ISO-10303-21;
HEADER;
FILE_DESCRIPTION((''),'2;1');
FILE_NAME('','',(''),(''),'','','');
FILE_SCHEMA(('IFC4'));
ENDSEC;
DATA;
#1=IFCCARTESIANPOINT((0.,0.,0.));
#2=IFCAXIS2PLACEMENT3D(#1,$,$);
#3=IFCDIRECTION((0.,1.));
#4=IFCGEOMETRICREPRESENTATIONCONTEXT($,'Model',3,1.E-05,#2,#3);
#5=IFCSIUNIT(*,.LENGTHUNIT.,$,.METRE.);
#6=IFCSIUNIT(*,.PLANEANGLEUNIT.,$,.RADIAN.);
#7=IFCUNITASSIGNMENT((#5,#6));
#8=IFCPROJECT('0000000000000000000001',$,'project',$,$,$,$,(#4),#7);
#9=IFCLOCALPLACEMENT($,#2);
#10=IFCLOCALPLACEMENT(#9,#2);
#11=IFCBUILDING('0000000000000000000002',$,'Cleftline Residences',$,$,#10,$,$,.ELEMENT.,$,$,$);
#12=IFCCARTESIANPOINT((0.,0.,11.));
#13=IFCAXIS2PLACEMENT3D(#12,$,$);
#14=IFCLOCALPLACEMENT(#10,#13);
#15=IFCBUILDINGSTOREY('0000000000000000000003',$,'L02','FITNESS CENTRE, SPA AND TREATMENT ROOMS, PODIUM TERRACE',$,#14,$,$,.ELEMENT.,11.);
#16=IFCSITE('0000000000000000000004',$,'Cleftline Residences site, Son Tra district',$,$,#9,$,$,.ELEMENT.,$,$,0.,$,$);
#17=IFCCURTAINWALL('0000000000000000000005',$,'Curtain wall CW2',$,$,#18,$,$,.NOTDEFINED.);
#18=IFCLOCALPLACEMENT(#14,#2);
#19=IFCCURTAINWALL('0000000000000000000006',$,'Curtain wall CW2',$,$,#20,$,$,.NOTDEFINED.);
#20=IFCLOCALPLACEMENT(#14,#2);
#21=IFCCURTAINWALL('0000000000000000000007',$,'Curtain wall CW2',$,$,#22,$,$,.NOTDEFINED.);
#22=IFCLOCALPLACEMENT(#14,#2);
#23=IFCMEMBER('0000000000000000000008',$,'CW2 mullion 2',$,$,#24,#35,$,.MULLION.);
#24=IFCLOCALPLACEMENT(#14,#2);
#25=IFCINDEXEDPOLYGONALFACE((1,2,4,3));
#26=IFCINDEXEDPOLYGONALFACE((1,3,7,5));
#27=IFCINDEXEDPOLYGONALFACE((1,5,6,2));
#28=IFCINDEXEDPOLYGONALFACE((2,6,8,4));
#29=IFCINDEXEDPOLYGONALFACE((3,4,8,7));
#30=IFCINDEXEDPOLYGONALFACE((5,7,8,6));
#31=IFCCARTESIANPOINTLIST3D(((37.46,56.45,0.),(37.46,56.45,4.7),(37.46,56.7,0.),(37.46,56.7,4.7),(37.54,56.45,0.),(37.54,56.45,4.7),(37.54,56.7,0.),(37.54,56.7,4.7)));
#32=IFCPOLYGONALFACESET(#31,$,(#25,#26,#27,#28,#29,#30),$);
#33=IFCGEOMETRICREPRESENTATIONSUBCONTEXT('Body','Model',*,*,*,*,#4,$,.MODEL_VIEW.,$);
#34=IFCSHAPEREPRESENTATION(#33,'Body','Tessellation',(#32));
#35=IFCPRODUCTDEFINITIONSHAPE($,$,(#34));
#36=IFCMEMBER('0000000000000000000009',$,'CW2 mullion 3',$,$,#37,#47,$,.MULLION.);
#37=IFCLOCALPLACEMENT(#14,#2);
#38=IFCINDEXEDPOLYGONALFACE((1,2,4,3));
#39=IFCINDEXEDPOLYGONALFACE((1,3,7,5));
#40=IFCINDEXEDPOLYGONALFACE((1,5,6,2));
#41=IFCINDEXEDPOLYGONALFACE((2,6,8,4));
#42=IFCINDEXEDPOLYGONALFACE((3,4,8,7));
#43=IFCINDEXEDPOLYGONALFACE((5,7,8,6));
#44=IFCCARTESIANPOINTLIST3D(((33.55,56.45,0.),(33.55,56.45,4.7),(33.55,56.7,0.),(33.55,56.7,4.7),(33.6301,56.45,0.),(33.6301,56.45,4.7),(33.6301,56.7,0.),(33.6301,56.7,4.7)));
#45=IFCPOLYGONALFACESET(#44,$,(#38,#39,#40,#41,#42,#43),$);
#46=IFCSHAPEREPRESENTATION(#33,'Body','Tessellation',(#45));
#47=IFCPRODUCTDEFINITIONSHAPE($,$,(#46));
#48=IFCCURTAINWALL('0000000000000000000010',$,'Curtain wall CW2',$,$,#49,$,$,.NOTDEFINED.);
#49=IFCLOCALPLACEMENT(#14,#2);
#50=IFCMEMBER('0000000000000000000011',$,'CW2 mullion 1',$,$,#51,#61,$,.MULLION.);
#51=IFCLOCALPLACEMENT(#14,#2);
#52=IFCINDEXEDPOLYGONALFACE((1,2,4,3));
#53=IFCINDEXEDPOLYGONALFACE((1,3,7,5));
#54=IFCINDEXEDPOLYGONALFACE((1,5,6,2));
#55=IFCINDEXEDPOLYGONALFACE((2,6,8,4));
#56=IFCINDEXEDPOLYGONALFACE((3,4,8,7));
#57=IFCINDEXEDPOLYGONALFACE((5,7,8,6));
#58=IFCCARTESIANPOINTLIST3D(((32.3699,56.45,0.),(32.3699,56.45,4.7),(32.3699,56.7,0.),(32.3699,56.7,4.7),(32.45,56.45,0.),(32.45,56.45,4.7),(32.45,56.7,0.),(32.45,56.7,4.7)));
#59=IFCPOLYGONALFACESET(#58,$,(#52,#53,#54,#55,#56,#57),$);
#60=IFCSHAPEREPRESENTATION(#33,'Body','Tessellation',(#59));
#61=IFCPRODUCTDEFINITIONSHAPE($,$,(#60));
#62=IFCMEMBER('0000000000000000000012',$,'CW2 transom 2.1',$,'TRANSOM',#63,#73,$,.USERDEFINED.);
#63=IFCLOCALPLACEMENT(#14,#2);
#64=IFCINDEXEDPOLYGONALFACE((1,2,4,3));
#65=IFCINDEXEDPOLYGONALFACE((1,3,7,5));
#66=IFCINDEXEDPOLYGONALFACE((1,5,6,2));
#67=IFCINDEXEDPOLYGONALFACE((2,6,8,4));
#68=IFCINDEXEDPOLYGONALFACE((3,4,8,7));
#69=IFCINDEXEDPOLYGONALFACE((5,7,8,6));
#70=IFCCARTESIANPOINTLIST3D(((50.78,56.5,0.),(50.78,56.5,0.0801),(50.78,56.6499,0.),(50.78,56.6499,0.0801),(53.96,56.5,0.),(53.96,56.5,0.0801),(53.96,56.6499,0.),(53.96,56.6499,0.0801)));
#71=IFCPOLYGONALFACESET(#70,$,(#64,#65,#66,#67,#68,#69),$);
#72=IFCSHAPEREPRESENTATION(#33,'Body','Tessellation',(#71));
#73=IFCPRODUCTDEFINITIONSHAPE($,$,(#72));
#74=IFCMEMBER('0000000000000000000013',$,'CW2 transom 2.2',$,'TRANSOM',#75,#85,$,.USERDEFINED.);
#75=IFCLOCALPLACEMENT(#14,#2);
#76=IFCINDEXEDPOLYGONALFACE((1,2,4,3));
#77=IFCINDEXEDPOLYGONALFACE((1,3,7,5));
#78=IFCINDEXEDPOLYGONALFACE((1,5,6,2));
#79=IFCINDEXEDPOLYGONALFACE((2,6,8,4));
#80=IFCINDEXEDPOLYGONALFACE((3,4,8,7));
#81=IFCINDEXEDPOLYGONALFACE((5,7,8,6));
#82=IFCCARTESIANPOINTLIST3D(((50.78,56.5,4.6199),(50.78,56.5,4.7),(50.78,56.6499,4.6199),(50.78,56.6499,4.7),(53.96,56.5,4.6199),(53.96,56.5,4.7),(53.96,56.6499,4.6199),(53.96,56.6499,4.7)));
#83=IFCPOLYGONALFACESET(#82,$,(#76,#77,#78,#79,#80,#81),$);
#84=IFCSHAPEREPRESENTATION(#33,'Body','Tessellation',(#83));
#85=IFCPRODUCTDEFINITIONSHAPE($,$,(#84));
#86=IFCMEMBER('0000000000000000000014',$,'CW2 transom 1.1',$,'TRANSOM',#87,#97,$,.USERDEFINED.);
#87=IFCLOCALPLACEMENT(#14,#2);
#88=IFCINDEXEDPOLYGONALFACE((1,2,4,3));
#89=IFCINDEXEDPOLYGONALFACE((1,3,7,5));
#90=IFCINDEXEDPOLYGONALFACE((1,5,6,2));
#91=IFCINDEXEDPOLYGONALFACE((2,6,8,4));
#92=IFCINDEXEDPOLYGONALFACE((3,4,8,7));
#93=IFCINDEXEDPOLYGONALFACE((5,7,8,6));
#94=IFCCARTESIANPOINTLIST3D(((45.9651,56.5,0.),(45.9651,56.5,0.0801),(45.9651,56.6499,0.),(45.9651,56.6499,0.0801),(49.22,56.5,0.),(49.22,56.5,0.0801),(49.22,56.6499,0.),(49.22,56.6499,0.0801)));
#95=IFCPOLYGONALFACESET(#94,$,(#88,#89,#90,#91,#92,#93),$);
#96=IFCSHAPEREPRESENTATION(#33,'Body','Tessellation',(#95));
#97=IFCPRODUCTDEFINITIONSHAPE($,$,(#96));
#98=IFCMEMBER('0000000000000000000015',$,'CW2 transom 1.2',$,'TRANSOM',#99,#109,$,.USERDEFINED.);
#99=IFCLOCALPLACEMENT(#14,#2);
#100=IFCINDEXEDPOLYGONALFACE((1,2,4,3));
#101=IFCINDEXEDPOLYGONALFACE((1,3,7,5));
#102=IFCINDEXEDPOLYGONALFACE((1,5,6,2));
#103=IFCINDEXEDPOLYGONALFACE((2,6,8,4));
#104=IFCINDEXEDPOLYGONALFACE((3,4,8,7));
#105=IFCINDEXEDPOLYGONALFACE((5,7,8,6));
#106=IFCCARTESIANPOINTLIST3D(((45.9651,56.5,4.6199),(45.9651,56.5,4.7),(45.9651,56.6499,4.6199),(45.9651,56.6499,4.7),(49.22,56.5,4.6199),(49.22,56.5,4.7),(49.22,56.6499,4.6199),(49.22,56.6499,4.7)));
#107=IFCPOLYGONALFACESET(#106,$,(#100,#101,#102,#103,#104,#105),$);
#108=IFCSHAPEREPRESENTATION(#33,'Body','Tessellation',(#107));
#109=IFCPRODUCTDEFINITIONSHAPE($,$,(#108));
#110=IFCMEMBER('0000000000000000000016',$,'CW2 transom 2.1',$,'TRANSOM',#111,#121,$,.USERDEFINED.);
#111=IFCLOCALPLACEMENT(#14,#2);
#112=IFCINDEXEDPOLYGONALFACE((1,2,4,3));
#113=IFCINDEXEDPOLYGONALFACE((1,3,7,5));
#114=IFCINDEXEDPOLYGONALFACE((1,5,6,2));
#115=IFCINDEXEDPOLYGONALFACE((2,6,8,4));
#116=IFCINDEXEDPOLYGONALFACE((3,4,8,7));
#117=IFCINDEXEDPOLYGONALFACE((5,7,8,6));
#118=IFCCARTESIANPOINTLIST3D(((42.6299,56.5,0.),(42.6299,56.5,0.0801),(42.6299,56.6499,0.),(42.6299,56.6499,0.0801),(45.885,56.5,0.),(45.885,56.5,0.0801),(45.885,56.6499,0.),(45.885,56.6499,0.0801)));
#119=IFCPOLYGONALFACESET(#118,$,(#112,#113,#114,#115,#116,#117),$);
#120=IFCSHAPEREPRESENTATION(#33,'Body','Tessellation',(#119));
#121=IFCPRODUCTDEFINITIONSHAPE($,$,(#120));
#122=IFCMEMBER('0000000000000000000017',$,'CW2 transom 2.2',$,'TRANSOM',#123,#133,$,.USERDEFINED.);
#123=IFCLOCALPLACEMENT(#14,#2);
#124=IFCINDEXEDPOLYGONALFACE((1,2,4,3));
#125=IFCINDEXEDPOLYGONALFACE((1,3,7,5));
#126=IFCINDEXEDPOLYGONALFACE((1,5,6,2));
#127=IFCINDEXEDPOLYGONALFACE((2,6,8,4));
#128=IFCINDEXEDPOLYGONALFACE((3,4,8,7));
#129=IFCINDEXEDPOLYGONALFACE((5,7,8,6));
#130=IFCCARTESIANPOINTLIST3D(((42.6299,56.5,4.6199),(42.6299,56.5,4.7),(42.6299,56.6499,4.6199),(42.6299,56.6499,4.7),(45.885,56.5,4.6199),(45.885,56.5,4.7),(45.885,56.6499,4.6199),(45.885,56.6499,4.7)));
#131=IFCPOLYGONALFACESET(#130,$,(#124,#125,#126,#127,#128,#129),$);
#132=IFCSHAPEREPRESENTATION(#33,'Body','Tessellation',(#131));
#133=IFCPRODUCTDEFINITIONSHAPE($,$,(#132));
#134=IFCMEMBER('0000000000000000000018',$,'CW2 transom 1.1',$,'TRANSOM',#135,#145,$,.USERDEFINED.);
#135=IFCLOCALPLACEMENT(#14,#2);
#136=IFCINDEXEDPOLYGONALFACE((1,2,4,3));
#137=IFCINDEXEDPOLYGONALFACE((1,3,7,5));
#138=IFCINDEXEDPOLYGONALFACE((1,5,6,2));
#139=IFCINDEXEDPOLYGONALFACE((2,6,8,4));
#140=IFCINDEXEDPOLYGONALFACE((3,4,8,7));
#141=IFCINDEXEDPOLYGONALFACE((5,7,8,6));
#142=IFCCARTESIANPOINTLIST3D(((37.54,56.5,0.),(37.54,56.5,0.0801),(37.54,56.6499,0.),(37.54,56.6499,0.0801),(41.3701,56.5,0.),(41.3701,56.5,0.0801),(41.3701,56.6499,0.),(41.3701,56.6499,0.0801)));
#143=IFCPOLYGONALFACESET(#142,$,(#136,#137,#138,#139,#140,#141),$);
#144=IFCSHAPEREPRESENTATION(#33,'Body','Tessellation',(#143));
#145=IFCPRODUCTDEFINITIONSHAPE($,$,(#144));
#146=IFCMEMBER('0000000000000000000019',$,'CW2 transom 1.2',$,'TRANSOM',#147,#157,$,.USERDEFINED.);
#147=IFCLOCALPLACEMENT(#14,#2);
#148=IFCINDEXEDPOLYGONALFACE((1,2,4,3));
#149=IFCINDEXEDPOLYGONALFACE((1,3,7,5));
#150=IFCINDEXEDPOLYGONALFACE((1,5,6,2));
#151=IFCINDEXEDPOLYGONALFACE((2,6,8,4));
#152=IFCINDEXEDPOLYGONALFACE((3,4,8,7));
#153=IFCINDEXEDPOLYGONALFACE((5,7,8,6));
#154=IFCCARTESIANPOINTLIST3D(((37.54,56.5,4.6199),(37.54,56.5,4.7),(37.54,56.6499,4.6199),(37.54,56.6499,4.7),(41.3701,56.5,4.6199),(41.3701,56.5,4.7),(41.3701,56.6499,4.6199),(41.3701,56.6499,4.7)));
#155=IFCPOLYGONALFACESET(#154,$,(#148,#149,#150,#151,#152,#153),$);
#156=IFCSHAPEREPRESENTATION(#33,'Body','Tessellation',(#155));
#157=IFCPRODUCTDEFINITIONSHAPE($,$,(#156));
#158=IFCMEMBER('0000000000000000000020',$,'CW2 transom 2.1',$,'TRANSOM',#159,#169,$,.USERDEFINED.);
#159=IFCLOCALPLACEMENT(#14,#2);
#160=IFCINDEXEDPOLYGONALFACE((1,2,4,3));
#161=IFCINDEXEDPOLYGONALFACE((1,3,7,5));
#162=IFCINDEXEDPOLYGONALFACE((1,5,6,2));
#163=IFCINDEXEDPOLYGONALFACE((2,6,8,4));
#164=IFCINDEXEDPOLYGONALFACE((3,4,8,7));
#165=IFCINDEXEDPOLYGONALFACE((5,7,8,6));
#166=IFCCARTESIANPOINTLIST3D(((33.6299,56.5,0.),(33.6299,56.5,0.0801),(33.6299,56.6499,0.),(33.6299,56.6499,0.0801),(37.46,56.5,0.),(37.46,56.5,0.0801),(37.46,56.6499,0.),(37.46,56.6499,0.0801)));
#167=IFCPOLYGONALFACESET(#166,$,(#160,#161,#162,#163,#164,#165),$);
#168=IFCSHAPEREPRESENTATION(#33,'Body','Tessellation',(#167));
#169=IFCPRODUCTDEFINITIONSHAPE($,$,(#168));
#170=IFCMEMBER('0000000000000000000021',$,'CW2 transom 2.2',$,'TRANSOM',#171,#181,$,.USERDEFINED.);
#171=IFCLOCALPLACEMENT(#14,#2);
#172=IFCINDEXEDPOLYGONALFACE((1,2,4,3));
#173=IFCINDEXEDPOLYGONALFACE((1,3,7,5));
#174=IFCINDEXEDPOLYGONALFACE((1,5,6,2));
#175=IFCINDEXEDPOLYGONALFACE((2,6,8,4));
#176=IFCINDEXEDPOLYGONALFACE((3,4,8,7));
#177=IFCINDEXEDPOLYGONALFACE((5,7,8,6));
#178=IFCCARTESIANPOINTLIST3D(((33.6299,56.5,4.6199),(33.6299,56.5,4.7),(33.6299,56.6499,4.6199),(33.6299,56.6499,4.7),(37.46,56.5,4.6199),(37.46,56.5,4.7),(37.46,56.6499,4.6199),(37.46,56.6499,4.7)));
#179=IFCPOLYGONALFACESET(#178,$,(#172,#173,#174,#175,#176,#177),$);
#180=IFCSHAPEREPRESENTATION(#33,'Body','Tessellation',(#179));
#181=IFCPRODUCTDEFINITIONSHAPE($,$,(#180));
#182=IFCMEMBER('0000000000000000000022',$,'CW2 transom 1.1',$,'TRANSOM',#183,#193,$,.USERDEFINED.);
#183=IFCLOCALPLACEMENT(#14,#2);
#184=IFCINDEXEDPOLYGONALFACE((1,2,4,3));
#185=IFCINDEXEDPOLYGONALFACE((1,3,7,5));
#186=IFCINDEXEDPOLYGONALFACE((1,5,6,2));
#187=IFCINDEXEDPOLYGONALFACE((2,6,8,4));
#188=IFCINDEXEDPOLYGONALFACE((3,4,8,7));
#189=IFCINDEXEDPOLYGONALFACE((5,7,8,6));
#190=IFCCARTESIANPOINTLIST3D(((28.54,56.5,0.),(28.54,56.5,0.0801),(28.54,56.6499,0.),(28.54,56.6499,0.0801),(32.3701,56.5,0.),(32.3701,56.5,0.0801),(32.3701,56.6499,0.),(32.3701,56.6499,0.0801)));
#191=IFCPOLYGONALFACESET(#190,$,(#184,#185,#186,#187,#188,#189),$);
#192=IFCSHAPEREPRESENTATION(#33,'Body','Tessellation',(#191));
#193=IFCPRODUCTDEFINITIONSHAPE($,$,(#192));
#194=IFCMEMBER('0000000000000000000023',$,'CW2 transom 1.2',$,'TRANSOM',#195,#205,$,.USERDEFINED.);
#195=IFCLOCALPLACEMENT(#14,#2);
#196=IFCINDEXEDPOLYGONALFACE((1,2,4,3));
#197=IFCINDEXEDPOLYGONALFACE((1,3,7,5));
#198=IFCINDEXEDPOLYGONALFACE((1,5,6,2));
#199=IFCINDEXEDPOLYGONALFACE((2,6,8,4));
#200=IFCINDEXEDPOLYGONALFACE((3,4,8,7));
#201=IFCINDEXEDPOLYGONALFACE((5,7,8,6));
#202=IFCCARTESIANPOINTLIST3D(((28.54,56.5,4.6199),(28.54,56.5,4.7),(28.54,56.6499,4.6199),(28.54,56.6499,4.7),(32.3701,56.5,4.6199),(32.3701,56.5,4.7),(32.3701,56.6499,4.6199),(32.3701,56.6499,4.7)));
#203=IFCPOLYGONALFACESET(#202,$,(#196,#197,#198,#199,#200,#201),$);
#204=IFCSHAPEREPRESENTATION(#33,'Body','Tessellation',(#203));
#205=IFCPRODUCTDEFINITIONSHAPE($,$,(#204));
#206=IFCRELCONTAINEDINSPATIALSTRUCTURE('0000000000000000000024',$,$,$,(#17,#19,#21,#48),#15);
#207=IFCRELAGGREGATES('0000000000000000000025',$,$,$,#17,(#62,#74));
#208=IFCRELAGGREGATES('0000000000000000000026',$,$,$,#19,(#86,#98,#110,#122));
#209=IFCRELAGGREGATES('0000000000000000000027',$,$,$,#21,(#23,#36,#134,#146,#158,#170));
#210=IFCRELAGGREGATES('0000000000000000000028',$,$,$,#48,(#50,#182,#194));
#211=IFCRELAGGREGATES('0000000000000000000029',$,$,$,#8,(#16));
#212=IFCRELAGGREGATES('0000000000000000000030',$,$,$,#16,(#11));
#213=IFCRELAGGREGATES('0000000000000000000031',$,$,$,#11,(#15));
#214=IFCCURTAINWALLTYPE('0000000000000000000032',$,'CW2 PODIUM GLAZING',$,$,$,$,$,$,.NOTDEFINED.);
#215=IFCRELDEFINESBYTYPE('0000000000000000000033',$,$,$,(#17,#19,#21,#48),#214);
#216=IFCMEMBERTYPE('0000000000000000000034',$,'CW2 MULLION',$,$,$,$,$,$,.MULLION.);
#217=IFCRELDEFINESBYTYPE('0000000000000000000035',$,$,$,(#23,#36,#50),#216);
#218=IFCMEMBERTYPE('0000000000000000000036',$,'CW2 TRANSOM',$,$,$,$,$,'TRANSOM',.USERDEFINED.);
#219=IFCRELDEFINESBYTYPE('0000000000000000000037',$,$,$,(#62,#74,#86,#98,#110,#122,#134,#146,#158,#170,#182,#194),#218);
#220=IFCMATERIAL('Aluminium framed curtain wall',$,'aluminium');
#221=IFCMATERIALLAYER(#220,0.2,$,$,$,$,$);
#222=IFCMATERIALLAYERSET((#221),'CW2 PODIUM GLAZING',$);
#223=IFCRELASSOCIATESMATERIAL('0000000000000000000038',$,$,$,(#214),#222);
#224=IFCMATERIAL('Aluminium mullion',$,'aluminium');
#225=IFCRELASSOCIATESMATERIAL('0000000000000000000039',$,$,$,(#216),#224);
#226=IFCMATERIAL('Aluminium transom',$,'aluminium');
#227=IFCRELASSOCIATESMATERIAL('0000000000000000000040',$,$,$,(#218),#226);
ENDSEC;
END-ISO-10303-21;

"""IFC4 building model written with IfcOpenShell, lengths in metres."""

from ifc_helpers import new_model, si_unit, direction, frame, origin, origin_2d, place, context, subcontext, project, spatial, rectangle, extrude, material, layer, layer_set, material_profile, profile_set, type_object, element, aggregate, save


model = new_model("IFC4")

# Units and contexts
model_context = context("Model", 3, precision=1e-05, world=origin(), true_north=direction((0.0, 1.0)))
body_context = subcontext(model_context, "Body", "Model", "MODEL_VIEW")
ifc_project = project(units=[si_unit("LENGTHUNIT", "METRE"), si_unit("PLANEANGLEUNIT", "RADIAN")], contexts=[model_context])

# Site, building, storey
site_placement = place(None, origin())
site = spatial("IfcSite", under=ifc_project, at=site_placement, Name="Cleftline Residences site, Son Tra district", CompositionType="ELEMENT", RefElevation=0.0)
building_placement = place(site_placement, origin())
building = spatial("IfcBuilding", under=site, at=building_placement, Name="Cleftline Residences", CompositionType="ELEMENT")
storey_placement = place(building_placement, frame((0.0, 0.0, 11.0)))
storey = spatial("IfcBuildingStorey", under=building, at=storey_placement, Name="L02", Description="FITNESS CENTRE, SPA AND TREATMENT ROOMS, PODIUM TERRACE", CompositionType="ELEMENT", Elevation=11.0)

# Curtain walls, members
ifc_material_1 = material(Name="Aluminium framed curtain wall", Category="aluminium")
ifc_layer_1 = layer(ifc_material_1, 0.2)
ifc_layer_set_1 = layer_set([ifc_layer_1], Name="CW2 PODIUM GLAZING")
curtain_wall_type = type_object("IfcCurtainWallType", Name="CW2 PODIUM GLAZING", PredefinedType="NOTDEFINED", material=ifc_layer_set_1)
curtain_wall_1_placement = place(storey_placement, origin())
curtain_wall_1 = element("IfcCurtainWall", 1, at=curtain_wall_1_placement, inside=storey, type_object=curtain_wall_type, Name="Curtain wall CW2", PredefinedType="NOTDEFINED")
ifc_material_2 = material(Name="Aluminium mullion", Category="aluminium")
ifc_material_profile_1 = material_profile(ifc_material_2, rectangle(XDim=0.25, YDim=0.0801, at=origin_2d()))
ifc_profile_set_1 = profile_set([ifc_material_profile_1], Name="Aluminium mullion")
member_type_1 = type_object("IfcMemberType", Name="CW2 MULLION", PredefinedType="MULLION", material=ifc_profile_set_1)
curtain_wall_2_placement = place(storey_placement, origin())
curtain_wall_2 = element("IfcCurtainWall", 2, at=curtain_wall_2_placement, inside=storey, type_object=curtain_wall_type, Name="Curtain wall CW2", PredefinedType="NOTDEFINED")
curtain_wall_3_placement = place(storey_placement, origin())
curtain_wall_3 = element("IfcCurtainWall", 3, at=curtain_wall_3_placement, inside=storey, type_object=curtain_wall_type, Name="Curtain wall CW2", PredefinedType="NOTDEFINED")
member_1_placement = place(storey_placement, frame((37.5, 56.575, 0.0), z_axis=(0.0, 0.0, 1.0), x_axis=(0.0, -1.0, 0.0)))
member_1 = element("IfcMember", 4, at=member_1_placement, type_object=member_type_1, Name="CW2 mullion 2", PredefinedType="MULLION", context=body_context, shape_type="SweptSolid", body=[
    extrude(rectangle(XDim=0.25, YDim=0.0801, at=origin_2d()), origin(), (0.0, 0.0, 1.0), 4.7),
])
member_2_placement = place(storey_placement, frame((33.5901, 56.575, 0.0), z_axis=(0.0, 0.0, 1.0), x_axis=(0.0, -1.0, 0.0)))
member_2 = element("IfcMember", 5, at=member_2_placement, type_object=member_type_1, Name="CW2 mullion 3", PredefinedType="MULLION", context=body_context, shape_type="SweptSolid", body=[
    extrude(rectangle(XDim=0.25, YDim=0.0801, at=origin_2d()), origin(), (0.0, 0.0, 1.0), 4.7),
])

# Curtain wall, member
curtain_wall_4_placement = place(storey_placement, origin())
curtain_wall_4 = element("IfcCurtainWall", 6, at=curtain_wall_4_placement, inside=storey, type_object=curtain_wall_type, Name="Curtain wall CW2", PredefinedType="NOTDEFINED")
member_3_placement = place(storey_placement, frame((32.4099, 56.575, 0.0), z_axis=(0.0, 0.0, 1.0), x_axis=(0.0, -1.0, 0.0)))
member_3 = element("IfcMember", 7, at=member_3_placement, type_object=member_type_1, Name="CW2 mullion 1", PredefinedType="MULLION", context=body_context, shape_type="SweptSolid", body=[
    extrude(rectangle(XDim=0.25, YDim=0.0801, at=origin_2d()), origin(), (0.0, 0.0, 1.0), 4.7),
])

# Members
ifc_material_3 = material(Name="Aluminium transom", Category="aluminium")
ifc_material_profile_2 = material_profile(ifc_material_3, rectangle(XDim=0.1499, YDim=0.0801, at=origin_2d()))
ifc_profile_set_2 = profile_set([ifc_material_profile_2], Name="Aluminium transom")
member_type_2 = type_object("IfcMemberType", Name="CW2 TRANSOM", ElementType="TRANSOM", PredefinedType="USERDEFINED", material=ifc_profile_set_2)
member_4_placement = place(storey_placement, frame((53.96, 56.575, 0.04), z_axis=(-1.0, 0.0, 0.0), x_axis=(0.0, -1.0, 0.0)))
member_4 = element("IfcMember", 8, at=member_4_placement, type_object=member_type_2, Name="CW2 transom 2.1", ObjectType="TRANSOM", PredefinedType="USERDEFINED", context=body_context, shape_type="SweptSolid", body=[
    extrude(rectangle(XDim=0.1499, YDim=0.0801, at=origin_2d()), origin(), (0.0, 0.0, 1.0), 3.1799),
])
member_5_placement = place(storey_placement, frame((53.96, 56.575, 4.6599), z_axis=(-1.0, 0.0, 0.0), x_axis=(0.0, -1.0, 0.0)))
member_5 = element("IfcMember", 9, at=member_5_placement, type_object=member_type_2, Name="CW2 transom 2.2", ObjectType="TRANSOM", PredefinedType="USERDEFINED", context=body_context, shape_type="SweptSolid", body=[
    extrude(rectangle(XDim=0.1499, YDim=0.0801, at=origin_2d()), origin(), (0.0, 0.0, 1.0), 3.1799),
])
member_6_placement = place(storey_placement, frame((49.22, 56.575, 0.04), z_axis=(-1.0, 0.0, 0.0), x_axis=(0.0, -1.0, 0.0)))
member_6 = element("IfcMember", 10, at=member_6_placement, type_object=member_type_2, Name="CW2 transom 1.1", ObjectType="TRANSOM", PredefinedType="USERDEFINED", context=body_context, shape_type="SweptSolid", body=[
    extrude(rectangle(XDim=0.1499, YDim=0.0801, at=origin_2d()), origin(), (0.0, 0.0, 1.0), 3.2549),
])
member_7_placement = place(storey_placement, frame((49.22, 56.575, 4.6599), z_axis=(-1.0, 0.0, 0.0), x_axis=(0.0, -1.0, 0.0)))
member_7 = element("IfcMember", 11, at=member_7_placement, type_object=member_type_2, Name="CW2 transom 1.2", ObjectType="TRANSOM", PredefinedType="USERDEFINED", context=body_context, shape_type="SweptSolid", body=[
    extrude(rectangle(XDim=0.1499, YDim=0.0801, at=origin_2d()), origin(), (0.0, 0.0, 1.0), 3.2549),
])
member_8_placement = place(storey_placement, frame((45.885, 56.575, 0.04), z_axis=(-1.0, 0.0, 0.0), x_axis=(0.0, -1.0, 0.0)))
member_8 = element("IfcMember", 12, at=member_8_placement, type_object=member_type_2, Name="CW2 transom 2.1", ObjectType="TRANSOM", PredefinedType="USERDEFINED", context=body_context, shape_type="SweptSolid", body=[
    extrude(rectangle(XDim=0.1499, YDim=0.0801, at=origin_2d()), origin(), (0.0, 0.0, 1.0), 3.2551),
])
member_9_placement = place(storey_placement, frame((45.885, 56.575, 4.6599), z_axis=(-1.0, 0.0, 0.0), x_axis=(0.0, -1.0, 0.0)))
member_9 = element("IfcMember", 13, at=member_9_placement, type_object=member_type_2, Name="CW2 transom 2.2", ObjectType="TRANSOM", PredefinedType="USERDEFINED", context=body_context, shape_type="SweptSolid", body=[
    extrude(rectangle(XDim=0.1499, YDim=0.0801, at=origin_2d()), origin(), (0.0, 0.0, 1.0), 3.2551),
])
member_10_placement = place(storey_placement, frame((41.3701, 56.575, 0.04), z_axis=(-1.0, 0.0, 0.0), x_axis=(0.0, -1.0, 0.0)))
member_10 = element("IfcMember", 14, at=member_10_placement, type_object=member_type_2, Name="CW2 transom 1.1", ObjectType="TRANSOM", PredefinedType="USERDEFINED", context=body_context, shape_type="SweptSolid", body=[
    extrude(rectangle(XDim=0.1499, YDim=0.0801, at=origin_2d()), origin(), (0.0, 0.0, 1.0), 3.8301),
])
member_11_placement = place(storey_placement, frame((41.3701, 56.575, 4.6599), z_axis=(-1.0, 0.0, 0.0), x_axis=(0.0, -1.0, 0.0)))
member_11 = element("IfcMember", 15, at=member_11_placement, type_object=member_type_2, Name="CW2 transom 1.2", ObjectType="TRANSOM", PredefinedType="USERDEFINED", context=body_context, shape_type="SweptSolid", body=[
    extrude(rectangle(XDim=0.1499, YDim=0.0801, at=origin_2d()), origin(), (0.0, 0.0, 1.0), 3.8301),
])
member_12_placement = place(storey_placement, frame((37.46, 56.575, 0.04), z_axis=(-1.0, 0.0, 0.0), x_axis=(0.0, -1.0, 0.0)))
member_12 = element("IfcMember", 16, at=member_12_placement, type_object=member_type_2, Name="CW2 transom 2.1", ObjectType="TRANSOM", PredefinedType="USERDEFINED", context=body_context, shape_type="SweptSolid", body=[
    extrude(rectangle(XDim=0.1499, YDim=0.0801, at=origin_2d()), origin(), (0.0, 0.0, 1.0), 3.8301),
])
member_13_placement = place(storey_placement, frame((37.46, 56.575, 4.6599), z_axis=(-1.0, 0.0, 0.0), x_axis=(0.0, -1.0, 0.0)))
member_13 = element("IfcMember", 17, at=member_13_placement, type_object=member_type_2, Name="CW2 transom 2.2", ObjectType="TRANSOM", PredefinedType="USERDEFINED", context=body_context, shape_type="SweptSolid", body=[
    extrude(rectangle(XDim=0.1499, YDim=0.0801, at=origin_2d()), origin(), (0.0, 0.0, 1.0), 3.8301),
])
member_14_placement = place(storey_placement, frame((32.3701, 56.575, 0.04), z_axis=(-1.0, 0.0, 0.0), x_axis=(0.0, -1.0, 0.0)))
member_14 = element("IfcMember", 18, at=member_14_placement, type_object=member_type_2, Name="CW2 transom 1.1", ObjectType="TRANSOM", PredefinedType="USERDEFINED", context=body_context, shape_type="SweptSolid", body=[
    extrude(rectangle(XDim=0.1499, YDim=0.0801, at=origin_2d()), origin(), (0.0, 0.0, 1.0), 3.8301),
])
member_15_placement = place(storey_placement, frame((32.3701, 56.575, 4.6599), z_axis=(-1.0, 0.0, 0.0), x_axis=(0.0, -1.0, 0.0)))
member_15 = element("IfcMember", 19, at=member_15_placement, type_object=member_type_2, Name="CW2 transom 1.2", ObjectType="TRANSOM", PredefinedType="USERDEFINED", context=body_context, shape_type="SweptSolid", body=[
    extrude(rectangle(XDim=0.1499, YDim=0.0801, at=origin_2d()), origin(), (0.0, 0.0, 1.0), 3.8301),
])

aggregate(curtain_wall_1, [member_4, member_5])
aggregate(curtain_wall_2, [member_6, member_7, member_8, member_9])
aggregate(curtain_wall_3, [member_1, member_2, member_10, member_11, member_12, member_13])
aggregate(curtain_wall_4, [member_3, member_14, member_15])

save(model, "model.ifc")
